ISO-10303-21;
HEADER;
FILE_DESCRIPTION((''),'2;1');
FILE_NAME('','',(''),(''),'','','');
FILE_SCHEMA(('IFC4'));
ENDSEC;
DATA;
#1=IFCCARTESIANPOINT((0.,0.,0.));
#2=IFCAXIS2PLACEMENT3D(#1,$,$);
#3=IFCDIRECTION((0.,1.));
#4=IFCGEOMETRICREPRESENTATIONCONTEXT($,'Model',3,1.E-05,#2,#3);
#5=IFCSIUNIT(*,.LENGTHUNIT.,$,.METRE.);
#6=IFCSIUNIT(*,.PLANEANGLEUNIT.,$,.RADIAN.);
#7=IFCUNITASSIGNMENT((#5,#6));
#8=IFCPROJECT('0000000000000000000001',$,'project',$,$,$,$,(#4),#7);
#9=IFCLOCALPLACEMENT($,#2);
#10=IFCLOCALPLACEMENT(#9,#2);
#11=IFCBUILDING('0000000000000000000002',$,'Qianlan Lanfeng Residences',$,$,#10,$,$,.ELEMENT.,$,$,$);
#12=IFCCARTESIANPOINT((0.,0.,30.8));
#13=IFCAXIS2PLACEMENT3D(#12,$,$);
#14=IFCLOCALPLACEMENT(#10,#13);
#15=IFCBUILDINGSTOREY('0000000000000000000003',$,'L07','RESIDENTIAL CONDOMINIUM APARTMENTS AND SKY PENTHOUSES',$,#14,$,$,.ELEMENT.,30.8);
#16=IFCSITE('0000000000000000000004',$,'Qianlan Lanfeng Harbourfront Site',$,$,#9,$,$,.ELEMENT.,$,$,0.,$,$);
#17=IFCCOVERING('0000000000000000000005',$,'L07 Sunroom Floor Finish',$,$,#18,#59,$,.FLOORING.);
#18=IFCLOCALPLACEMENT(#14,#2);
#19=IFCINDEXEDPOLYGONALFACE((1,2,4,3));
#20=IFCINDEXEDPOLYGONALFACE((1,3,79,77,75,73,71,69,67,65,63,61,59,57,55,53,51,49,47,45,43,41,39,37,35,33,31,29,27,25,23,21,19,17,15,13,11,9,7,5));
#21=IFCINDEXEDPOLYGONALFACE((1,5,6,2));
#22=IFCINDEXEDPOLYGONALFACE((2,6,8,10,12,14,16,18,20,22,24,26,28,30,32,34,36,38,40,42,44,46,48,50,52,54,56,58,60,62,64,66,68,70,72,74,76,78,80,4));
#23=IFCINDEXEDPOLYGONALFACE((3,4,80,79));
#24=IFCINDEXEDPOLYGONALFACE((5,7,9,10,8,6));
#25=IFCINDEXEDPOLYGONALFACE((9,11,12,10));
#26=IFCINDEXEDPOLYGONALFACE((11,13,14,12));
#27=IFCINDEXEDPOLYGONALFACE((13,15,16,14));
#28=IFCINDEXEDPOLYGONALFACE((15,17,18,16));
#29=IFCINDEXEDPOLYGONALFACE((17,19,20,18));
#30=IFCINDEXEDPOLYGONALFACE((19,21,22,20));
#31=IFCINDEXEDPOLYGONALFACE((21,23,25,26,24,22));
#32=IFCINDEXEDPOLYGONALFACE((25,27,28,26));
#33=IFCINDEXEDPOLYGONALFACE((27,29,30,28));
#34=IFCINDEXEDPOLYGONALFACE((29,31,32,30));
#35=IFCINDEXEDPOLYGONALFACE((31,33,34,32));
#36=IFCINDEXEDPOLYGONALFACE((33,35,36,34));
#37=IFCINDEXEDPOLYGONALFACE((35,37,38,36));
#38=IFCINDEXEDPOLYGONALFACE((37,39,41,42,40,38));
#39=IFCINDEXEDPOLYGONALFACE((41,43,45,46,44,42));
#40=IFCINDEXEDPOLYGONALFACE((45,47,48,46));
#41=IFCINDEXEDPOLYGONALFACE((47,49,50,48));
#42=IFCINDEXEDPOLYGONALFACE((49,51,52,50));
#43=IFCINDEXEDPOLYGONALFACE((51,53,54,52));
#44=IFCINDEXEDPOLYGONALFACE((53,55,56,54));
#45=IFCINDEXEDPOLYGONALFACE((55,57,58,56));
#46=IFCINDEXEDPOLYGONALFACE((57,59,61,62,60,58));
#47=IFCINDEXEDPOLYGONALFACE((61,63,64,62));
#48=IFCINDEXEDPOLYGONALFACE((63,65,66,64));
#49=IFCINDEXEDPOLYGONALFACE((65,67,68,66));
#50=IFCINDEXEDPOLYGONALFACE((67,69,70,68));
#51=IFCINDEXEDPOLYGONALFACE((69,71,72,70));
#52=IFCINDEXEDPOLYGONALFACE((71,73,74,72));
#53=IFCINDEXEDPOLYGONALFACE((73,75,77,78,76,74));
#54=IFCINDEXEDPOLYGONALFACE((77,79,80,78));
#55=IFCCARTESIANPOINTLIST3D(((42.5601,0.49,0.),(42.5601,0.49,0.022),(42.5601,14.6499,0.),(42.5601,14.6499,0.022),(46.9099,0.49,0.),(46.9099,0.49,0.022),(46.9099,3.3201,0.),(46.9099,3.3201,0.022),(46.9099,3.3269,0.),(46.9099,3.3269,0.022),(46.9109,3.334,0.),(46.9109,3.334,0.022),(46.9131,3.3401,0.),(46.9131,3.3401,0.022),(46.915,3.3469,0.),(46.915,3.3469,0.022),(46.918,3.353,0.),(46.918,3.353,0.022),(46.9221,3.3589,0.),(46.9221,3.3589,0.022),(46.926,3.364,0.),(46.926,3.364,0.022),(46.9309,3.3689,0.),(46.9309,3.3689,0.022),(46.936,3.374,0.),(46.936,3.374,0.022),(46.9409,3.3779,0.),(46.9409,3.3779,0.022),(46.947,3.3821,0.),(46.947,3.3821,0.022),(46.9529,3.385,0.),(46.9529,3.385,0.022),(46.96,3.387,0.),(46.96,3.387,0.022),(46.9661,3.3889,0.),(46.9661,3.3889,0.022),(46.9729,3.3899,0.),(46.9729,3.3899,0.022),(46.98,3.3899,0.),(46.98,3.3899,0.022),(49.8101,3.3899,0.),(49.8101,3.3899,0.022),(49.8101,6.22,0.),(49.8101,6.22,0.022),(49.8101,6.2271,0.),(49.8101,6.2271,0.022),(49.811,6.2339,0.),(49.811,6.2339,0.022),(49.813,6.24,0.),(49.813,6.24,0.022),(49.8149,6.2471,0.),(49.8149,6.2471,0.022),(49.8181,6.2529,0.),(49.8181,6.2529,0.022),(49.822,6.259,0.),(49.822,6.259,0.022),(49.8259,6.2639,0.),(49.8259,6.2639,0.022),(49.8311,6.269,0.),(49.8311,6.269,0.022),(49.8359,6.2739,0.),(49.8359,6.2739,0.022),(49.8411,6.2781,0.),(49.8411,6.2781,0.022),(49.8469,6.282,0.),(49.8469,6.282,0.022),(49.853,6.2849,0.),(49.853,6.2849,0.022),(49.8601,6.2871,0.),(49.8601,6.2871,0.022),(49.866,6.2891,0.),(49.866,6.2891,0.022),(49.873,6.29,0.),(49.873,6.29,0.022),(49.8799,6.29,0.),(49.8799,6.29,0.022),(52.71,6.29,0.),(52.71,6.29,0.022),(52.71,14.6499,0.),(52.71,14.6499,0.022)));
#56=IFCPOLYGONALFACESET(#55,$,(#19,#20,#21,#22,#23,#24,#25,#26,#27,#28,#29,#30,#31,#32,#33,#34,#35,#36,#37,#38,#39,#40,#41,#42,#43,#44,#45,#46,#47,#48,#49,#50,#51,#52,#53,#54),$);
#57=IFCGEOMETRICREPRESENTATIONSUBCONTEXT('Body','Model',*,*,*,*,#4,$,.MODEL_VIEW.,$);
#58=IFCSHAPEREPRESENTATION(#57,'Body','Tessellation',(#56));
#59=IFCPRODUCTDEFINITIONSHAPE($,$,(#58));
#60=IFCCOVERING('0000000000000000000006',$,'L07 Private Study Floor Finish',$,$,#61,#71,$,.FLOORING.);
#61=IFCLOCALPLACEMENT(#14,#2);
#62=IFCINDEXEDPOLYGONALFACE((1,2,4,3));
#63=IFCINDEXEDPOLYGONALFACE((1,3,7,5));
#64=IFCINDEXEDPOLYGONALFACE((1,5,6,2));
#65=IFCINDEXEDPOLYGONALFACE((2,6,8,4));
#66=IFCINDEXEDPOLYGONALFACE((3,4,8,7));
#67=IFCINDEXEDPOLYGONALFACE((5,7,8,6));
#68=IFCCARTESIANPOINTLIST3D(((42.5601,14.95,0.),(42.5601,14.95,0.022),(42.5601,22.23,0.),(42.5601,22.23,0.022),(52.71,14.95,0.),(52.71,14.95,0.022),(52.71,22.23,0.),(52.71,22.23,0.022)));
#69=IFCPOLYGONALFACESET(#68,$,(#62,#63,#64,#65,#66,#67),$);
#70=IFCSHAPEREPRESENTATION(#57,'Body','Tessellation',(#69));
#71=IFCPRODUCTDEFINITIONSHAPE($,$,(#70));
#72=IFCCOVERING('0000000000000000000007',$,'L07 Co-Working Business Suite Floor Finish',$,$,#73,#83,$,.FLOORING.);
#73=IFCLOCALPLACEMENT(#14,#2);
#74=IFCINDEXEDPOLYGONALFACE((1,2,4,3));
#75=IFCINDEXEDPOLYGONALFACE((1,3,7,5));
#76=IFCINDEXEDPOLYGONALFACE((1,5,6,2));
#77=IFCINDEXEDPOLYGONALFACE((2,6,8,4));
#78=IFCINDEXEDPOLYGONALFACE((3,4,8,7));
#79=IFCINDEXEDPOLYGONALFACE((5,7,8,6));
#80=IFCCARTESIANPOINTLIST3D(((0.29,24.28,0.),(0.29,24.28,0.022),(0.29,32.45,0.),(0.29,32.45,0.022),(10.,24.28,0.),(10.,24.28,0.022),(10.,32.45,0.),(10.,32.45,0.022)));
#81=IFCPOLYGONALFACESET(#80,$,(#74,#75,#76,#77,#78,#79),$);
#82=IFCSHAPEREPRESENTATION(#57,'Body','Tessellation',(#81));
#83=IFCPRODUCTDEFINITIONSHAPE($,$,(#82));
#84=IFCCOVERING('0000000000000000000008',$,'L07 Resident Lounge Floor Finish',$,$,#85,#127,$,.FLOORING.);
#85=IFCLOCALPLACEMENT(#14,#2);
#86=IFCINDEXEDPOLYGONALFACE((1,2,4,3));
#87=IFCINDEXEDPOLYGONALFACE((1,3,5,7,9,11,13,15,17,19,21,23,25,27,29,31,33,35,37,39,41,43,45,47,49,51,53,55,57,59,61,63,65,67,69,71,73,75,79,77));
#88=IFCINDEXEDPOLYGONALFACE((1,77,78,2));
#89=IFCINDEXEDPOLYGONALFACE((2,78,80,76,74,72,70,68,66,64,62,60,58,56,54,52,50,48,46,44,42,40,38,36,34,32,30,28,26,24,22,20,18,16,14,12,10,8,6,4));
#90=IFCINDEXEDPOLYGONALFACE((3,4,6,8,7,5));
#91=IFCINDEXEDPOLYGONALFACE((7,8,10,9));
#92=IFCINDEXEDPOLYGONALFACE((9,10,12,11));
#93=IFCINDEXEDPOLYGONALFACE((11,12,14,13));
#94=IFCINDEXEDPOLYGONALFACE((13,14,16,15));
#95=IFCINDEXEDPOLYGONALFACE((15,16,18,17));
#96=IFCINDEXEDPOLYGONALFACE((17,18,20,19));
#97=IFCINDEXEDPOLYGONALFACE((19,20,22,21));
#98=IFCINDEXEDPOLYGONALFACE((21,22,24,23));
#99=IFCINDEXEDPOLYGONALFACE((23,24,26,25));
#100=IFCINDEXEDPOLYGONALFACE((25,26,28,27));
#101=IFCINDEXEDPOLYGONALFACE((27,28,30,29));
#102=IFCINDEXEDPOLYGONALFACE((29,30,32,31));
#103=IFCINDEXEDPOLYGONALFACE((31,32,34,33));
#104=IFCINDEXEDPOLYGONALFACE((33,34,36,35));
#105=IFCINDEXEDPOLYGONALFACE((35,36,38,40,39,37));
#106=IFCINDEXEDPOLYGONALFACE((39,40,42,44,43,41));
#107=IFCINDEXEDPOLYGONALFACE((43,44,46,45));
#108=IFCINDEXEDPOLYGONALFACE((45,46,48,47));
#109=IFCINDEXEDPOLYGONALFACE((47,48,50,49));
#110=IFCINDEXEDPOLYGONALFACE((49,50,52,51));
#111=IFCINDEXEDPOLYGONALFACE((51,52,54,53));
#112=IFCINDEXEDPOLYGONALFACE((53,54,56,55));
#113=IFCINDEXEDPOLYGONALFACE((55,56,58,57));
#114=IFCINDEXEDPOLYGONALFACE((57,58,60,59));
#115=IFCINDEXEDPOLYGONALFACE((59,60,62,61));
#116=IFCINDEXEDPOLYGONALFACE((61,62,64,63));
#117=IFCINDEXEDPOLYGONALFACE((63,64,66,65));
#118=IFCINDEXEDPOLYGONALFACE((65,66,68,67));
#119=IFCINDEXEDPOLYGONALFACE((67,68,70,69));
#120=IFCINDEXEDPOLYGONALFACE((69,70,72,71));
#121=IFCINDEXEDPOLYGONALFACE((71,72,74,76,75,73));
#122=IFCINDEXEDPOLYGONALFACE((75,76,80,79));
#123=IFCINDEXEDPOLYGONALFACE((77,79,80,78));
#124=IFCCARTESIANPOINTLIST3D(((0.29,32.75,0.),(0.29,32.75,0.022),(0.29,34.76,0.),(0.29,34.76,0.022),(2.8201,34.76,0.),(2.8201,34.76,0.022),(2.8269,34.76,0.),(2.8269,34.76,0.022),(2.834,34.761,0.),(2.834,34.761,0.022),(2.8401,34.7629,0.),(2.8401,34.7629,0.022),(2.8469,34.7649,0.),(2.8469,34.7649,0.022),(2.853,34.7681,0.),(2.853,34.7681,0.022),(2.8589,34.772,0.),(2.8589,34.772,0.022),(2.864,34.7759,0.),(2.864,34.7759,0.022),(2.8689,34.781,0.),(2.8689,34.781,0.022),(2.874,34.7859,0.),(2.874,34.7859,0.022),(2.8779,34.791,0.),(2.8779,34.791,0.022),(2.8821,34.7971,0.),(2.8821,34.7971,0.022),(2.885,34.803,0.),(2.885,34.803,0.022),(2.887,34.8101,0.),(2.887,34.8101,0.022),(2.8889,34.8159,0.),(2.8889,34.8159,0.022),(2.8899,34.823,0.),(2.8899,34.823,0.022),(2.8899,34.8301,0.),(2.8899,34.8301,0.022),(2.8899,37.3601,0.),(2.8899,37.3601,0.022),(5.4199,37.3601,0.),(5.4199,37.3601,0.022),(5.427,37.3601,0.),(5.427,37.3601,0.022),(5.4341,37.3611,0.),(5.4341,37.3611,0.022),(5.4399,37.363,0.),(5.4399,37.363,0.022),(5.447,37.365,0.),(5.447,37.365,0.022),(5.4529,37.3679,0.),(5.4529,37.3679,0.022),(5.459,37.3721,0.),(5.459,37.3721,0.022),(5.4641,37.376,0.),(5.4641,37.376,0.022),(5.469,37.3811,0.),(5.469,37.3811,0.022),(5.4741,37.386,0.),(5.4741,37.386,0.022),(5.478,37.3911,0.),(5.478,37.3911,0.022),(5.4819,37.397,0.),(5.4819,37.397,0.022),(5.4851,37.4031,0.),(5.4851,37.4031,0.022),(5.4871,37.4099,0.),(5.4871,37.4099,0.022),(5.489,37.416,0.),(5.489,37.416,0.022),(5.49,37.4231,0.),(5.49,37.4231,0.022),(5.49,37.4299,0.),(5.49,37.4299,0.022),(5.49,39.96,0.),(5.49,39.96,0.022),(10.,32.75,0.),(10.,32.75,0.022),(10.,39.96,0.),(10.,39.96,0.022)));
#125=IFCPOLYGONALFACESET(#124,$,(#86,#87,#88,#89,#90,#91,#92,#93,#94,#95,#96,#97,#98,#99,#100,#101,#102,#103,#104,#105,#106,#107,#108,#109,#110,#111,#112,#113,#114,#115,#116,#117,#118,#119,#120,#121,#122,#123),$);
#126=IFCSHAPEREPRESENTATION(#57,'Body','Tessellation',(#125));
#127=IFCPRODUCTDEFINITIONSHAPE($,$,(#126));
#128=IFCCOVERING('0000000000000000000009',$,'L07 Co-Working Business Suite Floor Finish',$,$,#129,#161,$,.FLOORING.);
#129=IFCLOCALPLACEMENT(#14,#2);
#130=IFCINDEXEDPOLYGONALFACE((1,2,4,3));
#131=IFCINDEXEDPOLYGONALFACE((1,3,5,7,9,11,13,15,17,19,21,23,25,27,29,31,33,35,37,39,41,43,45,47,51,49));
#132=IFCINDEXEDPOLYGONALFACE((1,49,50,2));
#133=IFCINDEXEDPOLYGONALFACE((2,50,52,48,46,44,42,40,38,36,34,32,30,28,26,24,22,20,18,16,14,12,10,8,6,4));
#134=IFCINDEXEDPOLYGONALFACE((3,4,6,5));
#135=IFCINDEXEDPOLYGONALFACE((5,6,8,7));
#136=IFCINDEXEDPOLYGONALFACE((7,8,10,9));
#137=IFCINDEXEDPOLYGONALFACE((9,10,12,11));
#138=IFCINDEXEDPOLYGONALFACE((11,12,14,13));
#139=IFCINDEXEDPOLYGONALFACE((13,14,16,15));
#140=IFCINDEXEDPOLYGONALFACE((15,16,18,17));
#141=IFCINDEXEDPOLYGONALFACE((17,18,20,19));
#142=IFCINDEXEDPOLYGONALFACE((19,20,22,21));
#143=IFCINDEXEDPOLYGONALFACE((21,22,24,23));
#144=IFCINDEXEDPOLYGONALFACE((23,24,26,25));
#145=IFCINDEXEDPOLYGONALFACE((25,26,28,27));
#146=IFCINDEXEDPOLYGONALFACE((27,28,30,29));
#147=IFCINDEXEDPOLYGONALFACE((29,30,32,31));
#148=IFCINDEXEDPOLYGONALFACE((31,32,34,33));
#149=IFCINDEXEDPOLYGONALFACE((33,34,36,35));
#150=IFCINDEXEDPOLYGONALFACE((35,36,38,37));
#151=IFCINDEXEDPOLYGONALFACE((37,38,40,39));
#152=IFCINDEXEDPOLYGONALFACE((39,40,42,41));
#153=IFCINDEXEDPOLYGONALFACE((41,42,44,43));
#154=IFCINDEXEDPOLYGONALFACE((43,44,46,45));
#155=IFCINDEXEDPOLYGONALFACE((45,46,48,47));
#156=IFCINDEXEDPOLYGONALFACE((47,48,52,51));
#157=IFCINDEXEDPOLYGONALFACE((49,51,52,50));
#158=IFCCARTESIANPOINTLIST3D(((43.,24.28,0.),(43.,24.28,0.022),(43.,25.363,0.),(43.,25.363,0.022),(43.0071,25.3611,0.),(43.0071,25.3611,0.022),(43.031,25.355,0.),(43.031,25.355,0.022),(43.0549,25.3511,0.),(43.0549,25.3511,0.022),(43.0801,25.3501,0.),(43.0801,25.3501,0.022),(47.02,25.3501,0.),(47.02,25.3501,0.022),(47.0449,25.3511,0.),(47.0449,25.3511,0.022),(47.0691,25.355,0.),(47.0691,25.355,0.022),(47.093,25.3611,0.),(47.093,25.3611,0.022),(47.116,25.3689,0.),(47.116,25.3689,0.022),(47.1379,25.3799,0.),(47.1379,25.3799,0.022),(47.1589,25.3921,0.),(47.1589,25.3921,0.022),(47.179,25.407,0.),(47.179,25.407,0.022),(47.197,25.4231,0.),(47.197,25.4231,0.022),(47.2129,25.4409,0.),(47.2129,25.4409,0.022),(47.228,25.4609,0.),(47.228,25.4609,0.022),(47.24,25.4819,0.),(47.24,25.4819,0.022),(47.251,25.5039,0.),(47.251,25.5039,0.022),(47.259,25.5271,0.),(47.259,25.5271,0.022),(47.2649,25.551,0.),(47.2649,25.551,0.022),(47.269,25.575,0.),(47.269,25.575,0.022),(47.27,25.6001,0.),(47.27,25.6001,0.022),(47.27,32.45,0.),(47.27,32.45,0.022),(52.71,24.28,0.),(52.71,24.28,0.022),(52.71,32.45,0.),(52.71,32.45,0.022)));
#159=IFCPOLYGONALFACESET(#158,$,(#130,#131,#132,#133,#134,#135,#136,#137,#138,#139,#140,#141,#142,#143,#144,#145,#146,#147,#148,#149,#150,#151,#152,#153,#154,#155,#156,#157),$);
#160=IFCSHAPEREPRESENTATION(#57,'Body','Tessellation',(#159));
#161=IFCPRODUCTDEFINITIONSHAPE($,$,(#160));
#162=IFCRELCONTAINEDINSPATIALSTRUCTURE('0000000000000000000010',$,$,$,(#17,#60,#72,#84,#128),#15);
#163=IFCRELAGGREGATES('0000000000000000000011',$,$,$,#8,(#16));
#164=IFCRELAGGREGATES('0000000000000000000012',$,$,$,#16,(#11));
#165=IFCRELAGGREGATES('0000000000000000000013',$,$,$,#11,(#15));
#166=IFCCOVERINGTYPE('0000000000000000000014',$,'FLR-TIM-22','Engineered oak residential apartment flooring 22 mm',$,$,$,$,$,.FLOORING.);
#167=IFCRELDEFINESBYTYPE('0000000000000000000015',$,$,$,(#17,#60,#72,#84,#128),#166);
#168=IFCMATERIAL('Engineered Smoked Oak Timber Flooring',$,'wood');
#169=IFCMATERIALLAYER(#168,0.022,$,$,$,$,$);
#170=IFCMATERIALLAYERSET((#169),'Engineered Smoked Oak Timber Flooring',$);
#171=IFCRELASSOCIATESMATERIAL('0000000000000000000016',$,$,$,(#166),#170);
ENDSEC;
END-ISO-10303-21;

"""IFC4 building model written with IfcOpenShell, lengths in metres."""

from ifc_helpers import new_model, si_unit, direction, frame, origin, place, context, subcontext, project, spatial, polyline, outline, extrude, material, layer, layer_set, type_object, element, save


model = new_model("IFC4")

# Units and contexts
model_context = context("Model", 3, precision=1e-05, world=origin(), true_north=direction((0.0, 1.0)))
body_context = subcontext(model_context, "Body", "Model", "MODEL_VIEW")
ifc_project = project(units=[si_unit("LENGTHUNIT", "METRE"), si_unit("PLANEANGLEUNIT", "RADIAN")], contexts=[model_context])

# Site, building, storey
site_placement = place(None, origin())
site = spatial("IfcSite", under=ifc_project, at=site_placement, Name="Qianlan Lanfeng Harbourfront Site", CompositionType="ELEMENT", RefElevation=0.0)
building_placement = place(site_placement, origin())
building = spatial("IfcBuilding", under=site, at=building_placement, Name="Qianlan Lanfeng Residences", CompositionType="ELEMENT")
storey_placement = place(building_placement, frame((0.0, 0.0, 30.8)))
storey = spatial("IfcBuildingStorey", under=building, at=storey_placement, Name="L07", Description="RESIDENTIAL CONDOMINIUM APARTMENTS AND SKY PENTHOUSES", CompositionType="ELEMENT", Elevation=30.8)

# Coverings
ifc_material_1 = material(Name="Engineered Smoked Oak Timber Flooring", Category="wood")
ifc_layer_1 = layer(ifc_material_1, 0.022)
ifc_layer_set_1 = layer_set([ifc_layer_1], Name="Engineered Smoked Oak Timber Flooring")
covering_type_1 = type_object("IfcCoveringType", Name="FLR-TIM-22", Description="Engineered oak residential apartment flooring 22 mm", PredefinedType="FLOORING", material=ifc_layer_set_1)
covering_1_placement = place(storey_placement, origin())
element("IfcCovering", 1, at=covering_1_placement, inside=storey, type_object=covering_type_1, Name="L07 Sunroom Floor Finish", PredefinedType="FLOORING", context=body_context, shape_type="SweptSolid", body=[
    extrude(outline(polyline([(52.71, 14.6499), (42.5601, 14.6499), (42.5601, 0.49), (46.9099, 0.49), (46.9099, 3.3201), (46.9099, 3.3269), (46.9109, 3.334), (46.9131, 3.3401), (46.915, 3.3469), (46.918, 3.353), (46.9221, 3.3589), (46.926, 3.364), (46.9309, 3.3689), (46.936, 3.374), (46.9409, 3.3779), (46.947, 3.3821), (46.9529, 3.385), (46.96, 3.387), (46.9661, 3.3889), (46.9729, 3.3899), (46.98, 3.3899), (49.8101, 3.3899), (49.8101, 6.22), (49.8101, 6.2271), (49.811, 6.2339), (49.813, 6.24), (49.8149, 6.2471), (49.8181, 6.2529), (49.822, 6.259), (49.8259, 6.2639), (49.8311, 6.269), (49.8359, 6.2739), (49.8411, 6.2781), (49.8469, 6.282), (49.853, 6.2849), (49.8601, 6.2871), (49.866, 6.2891), (49.873, 6.29), (49.8799, 6.29), (52.71, 6.29), (52.71, 14.6499)])), origin(), (0.0, 0.0, 1.0), 0.022),
])
covering_2_placement = place(storey_placement, origin())
element("IfcCovering", 2, at=covering_2_placement, inside=storey, type_object=covering_type_1, Name="L07 Private Study Floor Finish", PredefinedType="FLOORING", context=body_context, shape_type="SweptSolid", body=[
    extrude(outline(polyline([(52.71, 22.23), (42.5601, 22.23), (42.5601, 14.95), (52.71, 14.95), (52.71, 22.23)])), origin(), (0.0, 0.0, 1.0), 0.022),
])
covering_3_placement = place(storey_placement, origin())
element("IfcCovering", 3, at=covering_3_placement, inside=storey, type_object=covering_type_1, Name="L07 Co-Working Business Suite Floor Finish", PredefinedType="FLOORING", context=body_context, shape_type="SweptSolid", body=[
    extrude(outline(polyline([(10.0, 32.45), (0.29, 32.45), (0.29, 24.28), (10.0, 24.28), (10.0, 32.45)])), origin(), (0.0, 0.0, 1.0), 0.022),
])
covering_4_placement = place(storey_placement, origin())
element("IfcCovering", 4, at=covering_4_placement, inside=storey, type_object=covering_type_1, Name="L07 Resident Lounge Floor Finish", PredefinedType="FLOORING", context=body_context, shape_type="SweptSolid", body=[
    extrude(outline(polyline([(0.29, 32.75), (10.0, 32.75), (10.0, 39.96), (5.49, 39.96), (5.49, 37.4299), (5.49, 37.4231), (5.489, 37.416), (5.4871, 37.4099), (5.4851, 37.4031), (5.4819, 37.397), (5.478, 37.3911), (5.4741, 37.386), (5.469, 37.3811), (5.4641, 37.376), (5.459, 37.3721), (5.4529, 37.3679), (5.447, 37.365), (5.4399, 37.363), (5.4341, 37.3611), (5.427, 37.3601), (5.4199, 37.3601), (2.8899, 37.3601), (2.8899, 34.8301), (2.8899, 34.823), (2.8889, 34.8159), (2.887, 34.8101), (2.885, 34.803), (2.8821, 34.7971), (2.8779, 34.791), (2.874, 34.7859), (2.8689, 34.781), (2.864, 34.7759), (2.8589, 34.772), (2.853, 34.7681), (2.8469, 34.7649), (2.8401, 34.7629), (2.834, 34.761), (2.8269, 34.76), (2.8201, 34.76), (0.29, 34.76), (0.29, 32.75)])), origin(), (0.0, 0.0, 1.0), 0.022),
])
covering_5_placement = place(storey_placement, origin())
element("IfcCovering", 5, at=covering_5_placement, inside=storey, type_object=covering_type_1, Name="L07 Co-Working Business Suite Floor Finish", PredefinedType="FLOORING", context=body_context, shape_type="SweptSolid", body=[
    extrude(outline(polyline([(52.71, 32.45), (47.27, 32.45), (47.27, 25.6001), (47.269, 25.575), (47.2649, 25.551), (47.259, 25.5271), (47.251, 25.5039), (47.24, 25.4819), (47.228, 25.4609), (47.2129, 25.4409), (47.197, 25.4231), (47.179, 25.407), (47.1589, 25.3921), (47.1379, 25.3799), (47.116, 25.3689), (47.093, 25.3611), (47.0691, 25.355), (47.0449, 25.3511), (47.02, 25.3501), (43.0801, 25.3501), (43.0549, 25.3511), (43.031, 25.355), (43.0071, 25.3611), (43.0, 25.363), (43.0, 24.28), (52.71, 24.28), (52.71, 32.45)])), origin(), (0.0, 0.0, 1.0), 0.022),
])

save(model, "model.ifc")
